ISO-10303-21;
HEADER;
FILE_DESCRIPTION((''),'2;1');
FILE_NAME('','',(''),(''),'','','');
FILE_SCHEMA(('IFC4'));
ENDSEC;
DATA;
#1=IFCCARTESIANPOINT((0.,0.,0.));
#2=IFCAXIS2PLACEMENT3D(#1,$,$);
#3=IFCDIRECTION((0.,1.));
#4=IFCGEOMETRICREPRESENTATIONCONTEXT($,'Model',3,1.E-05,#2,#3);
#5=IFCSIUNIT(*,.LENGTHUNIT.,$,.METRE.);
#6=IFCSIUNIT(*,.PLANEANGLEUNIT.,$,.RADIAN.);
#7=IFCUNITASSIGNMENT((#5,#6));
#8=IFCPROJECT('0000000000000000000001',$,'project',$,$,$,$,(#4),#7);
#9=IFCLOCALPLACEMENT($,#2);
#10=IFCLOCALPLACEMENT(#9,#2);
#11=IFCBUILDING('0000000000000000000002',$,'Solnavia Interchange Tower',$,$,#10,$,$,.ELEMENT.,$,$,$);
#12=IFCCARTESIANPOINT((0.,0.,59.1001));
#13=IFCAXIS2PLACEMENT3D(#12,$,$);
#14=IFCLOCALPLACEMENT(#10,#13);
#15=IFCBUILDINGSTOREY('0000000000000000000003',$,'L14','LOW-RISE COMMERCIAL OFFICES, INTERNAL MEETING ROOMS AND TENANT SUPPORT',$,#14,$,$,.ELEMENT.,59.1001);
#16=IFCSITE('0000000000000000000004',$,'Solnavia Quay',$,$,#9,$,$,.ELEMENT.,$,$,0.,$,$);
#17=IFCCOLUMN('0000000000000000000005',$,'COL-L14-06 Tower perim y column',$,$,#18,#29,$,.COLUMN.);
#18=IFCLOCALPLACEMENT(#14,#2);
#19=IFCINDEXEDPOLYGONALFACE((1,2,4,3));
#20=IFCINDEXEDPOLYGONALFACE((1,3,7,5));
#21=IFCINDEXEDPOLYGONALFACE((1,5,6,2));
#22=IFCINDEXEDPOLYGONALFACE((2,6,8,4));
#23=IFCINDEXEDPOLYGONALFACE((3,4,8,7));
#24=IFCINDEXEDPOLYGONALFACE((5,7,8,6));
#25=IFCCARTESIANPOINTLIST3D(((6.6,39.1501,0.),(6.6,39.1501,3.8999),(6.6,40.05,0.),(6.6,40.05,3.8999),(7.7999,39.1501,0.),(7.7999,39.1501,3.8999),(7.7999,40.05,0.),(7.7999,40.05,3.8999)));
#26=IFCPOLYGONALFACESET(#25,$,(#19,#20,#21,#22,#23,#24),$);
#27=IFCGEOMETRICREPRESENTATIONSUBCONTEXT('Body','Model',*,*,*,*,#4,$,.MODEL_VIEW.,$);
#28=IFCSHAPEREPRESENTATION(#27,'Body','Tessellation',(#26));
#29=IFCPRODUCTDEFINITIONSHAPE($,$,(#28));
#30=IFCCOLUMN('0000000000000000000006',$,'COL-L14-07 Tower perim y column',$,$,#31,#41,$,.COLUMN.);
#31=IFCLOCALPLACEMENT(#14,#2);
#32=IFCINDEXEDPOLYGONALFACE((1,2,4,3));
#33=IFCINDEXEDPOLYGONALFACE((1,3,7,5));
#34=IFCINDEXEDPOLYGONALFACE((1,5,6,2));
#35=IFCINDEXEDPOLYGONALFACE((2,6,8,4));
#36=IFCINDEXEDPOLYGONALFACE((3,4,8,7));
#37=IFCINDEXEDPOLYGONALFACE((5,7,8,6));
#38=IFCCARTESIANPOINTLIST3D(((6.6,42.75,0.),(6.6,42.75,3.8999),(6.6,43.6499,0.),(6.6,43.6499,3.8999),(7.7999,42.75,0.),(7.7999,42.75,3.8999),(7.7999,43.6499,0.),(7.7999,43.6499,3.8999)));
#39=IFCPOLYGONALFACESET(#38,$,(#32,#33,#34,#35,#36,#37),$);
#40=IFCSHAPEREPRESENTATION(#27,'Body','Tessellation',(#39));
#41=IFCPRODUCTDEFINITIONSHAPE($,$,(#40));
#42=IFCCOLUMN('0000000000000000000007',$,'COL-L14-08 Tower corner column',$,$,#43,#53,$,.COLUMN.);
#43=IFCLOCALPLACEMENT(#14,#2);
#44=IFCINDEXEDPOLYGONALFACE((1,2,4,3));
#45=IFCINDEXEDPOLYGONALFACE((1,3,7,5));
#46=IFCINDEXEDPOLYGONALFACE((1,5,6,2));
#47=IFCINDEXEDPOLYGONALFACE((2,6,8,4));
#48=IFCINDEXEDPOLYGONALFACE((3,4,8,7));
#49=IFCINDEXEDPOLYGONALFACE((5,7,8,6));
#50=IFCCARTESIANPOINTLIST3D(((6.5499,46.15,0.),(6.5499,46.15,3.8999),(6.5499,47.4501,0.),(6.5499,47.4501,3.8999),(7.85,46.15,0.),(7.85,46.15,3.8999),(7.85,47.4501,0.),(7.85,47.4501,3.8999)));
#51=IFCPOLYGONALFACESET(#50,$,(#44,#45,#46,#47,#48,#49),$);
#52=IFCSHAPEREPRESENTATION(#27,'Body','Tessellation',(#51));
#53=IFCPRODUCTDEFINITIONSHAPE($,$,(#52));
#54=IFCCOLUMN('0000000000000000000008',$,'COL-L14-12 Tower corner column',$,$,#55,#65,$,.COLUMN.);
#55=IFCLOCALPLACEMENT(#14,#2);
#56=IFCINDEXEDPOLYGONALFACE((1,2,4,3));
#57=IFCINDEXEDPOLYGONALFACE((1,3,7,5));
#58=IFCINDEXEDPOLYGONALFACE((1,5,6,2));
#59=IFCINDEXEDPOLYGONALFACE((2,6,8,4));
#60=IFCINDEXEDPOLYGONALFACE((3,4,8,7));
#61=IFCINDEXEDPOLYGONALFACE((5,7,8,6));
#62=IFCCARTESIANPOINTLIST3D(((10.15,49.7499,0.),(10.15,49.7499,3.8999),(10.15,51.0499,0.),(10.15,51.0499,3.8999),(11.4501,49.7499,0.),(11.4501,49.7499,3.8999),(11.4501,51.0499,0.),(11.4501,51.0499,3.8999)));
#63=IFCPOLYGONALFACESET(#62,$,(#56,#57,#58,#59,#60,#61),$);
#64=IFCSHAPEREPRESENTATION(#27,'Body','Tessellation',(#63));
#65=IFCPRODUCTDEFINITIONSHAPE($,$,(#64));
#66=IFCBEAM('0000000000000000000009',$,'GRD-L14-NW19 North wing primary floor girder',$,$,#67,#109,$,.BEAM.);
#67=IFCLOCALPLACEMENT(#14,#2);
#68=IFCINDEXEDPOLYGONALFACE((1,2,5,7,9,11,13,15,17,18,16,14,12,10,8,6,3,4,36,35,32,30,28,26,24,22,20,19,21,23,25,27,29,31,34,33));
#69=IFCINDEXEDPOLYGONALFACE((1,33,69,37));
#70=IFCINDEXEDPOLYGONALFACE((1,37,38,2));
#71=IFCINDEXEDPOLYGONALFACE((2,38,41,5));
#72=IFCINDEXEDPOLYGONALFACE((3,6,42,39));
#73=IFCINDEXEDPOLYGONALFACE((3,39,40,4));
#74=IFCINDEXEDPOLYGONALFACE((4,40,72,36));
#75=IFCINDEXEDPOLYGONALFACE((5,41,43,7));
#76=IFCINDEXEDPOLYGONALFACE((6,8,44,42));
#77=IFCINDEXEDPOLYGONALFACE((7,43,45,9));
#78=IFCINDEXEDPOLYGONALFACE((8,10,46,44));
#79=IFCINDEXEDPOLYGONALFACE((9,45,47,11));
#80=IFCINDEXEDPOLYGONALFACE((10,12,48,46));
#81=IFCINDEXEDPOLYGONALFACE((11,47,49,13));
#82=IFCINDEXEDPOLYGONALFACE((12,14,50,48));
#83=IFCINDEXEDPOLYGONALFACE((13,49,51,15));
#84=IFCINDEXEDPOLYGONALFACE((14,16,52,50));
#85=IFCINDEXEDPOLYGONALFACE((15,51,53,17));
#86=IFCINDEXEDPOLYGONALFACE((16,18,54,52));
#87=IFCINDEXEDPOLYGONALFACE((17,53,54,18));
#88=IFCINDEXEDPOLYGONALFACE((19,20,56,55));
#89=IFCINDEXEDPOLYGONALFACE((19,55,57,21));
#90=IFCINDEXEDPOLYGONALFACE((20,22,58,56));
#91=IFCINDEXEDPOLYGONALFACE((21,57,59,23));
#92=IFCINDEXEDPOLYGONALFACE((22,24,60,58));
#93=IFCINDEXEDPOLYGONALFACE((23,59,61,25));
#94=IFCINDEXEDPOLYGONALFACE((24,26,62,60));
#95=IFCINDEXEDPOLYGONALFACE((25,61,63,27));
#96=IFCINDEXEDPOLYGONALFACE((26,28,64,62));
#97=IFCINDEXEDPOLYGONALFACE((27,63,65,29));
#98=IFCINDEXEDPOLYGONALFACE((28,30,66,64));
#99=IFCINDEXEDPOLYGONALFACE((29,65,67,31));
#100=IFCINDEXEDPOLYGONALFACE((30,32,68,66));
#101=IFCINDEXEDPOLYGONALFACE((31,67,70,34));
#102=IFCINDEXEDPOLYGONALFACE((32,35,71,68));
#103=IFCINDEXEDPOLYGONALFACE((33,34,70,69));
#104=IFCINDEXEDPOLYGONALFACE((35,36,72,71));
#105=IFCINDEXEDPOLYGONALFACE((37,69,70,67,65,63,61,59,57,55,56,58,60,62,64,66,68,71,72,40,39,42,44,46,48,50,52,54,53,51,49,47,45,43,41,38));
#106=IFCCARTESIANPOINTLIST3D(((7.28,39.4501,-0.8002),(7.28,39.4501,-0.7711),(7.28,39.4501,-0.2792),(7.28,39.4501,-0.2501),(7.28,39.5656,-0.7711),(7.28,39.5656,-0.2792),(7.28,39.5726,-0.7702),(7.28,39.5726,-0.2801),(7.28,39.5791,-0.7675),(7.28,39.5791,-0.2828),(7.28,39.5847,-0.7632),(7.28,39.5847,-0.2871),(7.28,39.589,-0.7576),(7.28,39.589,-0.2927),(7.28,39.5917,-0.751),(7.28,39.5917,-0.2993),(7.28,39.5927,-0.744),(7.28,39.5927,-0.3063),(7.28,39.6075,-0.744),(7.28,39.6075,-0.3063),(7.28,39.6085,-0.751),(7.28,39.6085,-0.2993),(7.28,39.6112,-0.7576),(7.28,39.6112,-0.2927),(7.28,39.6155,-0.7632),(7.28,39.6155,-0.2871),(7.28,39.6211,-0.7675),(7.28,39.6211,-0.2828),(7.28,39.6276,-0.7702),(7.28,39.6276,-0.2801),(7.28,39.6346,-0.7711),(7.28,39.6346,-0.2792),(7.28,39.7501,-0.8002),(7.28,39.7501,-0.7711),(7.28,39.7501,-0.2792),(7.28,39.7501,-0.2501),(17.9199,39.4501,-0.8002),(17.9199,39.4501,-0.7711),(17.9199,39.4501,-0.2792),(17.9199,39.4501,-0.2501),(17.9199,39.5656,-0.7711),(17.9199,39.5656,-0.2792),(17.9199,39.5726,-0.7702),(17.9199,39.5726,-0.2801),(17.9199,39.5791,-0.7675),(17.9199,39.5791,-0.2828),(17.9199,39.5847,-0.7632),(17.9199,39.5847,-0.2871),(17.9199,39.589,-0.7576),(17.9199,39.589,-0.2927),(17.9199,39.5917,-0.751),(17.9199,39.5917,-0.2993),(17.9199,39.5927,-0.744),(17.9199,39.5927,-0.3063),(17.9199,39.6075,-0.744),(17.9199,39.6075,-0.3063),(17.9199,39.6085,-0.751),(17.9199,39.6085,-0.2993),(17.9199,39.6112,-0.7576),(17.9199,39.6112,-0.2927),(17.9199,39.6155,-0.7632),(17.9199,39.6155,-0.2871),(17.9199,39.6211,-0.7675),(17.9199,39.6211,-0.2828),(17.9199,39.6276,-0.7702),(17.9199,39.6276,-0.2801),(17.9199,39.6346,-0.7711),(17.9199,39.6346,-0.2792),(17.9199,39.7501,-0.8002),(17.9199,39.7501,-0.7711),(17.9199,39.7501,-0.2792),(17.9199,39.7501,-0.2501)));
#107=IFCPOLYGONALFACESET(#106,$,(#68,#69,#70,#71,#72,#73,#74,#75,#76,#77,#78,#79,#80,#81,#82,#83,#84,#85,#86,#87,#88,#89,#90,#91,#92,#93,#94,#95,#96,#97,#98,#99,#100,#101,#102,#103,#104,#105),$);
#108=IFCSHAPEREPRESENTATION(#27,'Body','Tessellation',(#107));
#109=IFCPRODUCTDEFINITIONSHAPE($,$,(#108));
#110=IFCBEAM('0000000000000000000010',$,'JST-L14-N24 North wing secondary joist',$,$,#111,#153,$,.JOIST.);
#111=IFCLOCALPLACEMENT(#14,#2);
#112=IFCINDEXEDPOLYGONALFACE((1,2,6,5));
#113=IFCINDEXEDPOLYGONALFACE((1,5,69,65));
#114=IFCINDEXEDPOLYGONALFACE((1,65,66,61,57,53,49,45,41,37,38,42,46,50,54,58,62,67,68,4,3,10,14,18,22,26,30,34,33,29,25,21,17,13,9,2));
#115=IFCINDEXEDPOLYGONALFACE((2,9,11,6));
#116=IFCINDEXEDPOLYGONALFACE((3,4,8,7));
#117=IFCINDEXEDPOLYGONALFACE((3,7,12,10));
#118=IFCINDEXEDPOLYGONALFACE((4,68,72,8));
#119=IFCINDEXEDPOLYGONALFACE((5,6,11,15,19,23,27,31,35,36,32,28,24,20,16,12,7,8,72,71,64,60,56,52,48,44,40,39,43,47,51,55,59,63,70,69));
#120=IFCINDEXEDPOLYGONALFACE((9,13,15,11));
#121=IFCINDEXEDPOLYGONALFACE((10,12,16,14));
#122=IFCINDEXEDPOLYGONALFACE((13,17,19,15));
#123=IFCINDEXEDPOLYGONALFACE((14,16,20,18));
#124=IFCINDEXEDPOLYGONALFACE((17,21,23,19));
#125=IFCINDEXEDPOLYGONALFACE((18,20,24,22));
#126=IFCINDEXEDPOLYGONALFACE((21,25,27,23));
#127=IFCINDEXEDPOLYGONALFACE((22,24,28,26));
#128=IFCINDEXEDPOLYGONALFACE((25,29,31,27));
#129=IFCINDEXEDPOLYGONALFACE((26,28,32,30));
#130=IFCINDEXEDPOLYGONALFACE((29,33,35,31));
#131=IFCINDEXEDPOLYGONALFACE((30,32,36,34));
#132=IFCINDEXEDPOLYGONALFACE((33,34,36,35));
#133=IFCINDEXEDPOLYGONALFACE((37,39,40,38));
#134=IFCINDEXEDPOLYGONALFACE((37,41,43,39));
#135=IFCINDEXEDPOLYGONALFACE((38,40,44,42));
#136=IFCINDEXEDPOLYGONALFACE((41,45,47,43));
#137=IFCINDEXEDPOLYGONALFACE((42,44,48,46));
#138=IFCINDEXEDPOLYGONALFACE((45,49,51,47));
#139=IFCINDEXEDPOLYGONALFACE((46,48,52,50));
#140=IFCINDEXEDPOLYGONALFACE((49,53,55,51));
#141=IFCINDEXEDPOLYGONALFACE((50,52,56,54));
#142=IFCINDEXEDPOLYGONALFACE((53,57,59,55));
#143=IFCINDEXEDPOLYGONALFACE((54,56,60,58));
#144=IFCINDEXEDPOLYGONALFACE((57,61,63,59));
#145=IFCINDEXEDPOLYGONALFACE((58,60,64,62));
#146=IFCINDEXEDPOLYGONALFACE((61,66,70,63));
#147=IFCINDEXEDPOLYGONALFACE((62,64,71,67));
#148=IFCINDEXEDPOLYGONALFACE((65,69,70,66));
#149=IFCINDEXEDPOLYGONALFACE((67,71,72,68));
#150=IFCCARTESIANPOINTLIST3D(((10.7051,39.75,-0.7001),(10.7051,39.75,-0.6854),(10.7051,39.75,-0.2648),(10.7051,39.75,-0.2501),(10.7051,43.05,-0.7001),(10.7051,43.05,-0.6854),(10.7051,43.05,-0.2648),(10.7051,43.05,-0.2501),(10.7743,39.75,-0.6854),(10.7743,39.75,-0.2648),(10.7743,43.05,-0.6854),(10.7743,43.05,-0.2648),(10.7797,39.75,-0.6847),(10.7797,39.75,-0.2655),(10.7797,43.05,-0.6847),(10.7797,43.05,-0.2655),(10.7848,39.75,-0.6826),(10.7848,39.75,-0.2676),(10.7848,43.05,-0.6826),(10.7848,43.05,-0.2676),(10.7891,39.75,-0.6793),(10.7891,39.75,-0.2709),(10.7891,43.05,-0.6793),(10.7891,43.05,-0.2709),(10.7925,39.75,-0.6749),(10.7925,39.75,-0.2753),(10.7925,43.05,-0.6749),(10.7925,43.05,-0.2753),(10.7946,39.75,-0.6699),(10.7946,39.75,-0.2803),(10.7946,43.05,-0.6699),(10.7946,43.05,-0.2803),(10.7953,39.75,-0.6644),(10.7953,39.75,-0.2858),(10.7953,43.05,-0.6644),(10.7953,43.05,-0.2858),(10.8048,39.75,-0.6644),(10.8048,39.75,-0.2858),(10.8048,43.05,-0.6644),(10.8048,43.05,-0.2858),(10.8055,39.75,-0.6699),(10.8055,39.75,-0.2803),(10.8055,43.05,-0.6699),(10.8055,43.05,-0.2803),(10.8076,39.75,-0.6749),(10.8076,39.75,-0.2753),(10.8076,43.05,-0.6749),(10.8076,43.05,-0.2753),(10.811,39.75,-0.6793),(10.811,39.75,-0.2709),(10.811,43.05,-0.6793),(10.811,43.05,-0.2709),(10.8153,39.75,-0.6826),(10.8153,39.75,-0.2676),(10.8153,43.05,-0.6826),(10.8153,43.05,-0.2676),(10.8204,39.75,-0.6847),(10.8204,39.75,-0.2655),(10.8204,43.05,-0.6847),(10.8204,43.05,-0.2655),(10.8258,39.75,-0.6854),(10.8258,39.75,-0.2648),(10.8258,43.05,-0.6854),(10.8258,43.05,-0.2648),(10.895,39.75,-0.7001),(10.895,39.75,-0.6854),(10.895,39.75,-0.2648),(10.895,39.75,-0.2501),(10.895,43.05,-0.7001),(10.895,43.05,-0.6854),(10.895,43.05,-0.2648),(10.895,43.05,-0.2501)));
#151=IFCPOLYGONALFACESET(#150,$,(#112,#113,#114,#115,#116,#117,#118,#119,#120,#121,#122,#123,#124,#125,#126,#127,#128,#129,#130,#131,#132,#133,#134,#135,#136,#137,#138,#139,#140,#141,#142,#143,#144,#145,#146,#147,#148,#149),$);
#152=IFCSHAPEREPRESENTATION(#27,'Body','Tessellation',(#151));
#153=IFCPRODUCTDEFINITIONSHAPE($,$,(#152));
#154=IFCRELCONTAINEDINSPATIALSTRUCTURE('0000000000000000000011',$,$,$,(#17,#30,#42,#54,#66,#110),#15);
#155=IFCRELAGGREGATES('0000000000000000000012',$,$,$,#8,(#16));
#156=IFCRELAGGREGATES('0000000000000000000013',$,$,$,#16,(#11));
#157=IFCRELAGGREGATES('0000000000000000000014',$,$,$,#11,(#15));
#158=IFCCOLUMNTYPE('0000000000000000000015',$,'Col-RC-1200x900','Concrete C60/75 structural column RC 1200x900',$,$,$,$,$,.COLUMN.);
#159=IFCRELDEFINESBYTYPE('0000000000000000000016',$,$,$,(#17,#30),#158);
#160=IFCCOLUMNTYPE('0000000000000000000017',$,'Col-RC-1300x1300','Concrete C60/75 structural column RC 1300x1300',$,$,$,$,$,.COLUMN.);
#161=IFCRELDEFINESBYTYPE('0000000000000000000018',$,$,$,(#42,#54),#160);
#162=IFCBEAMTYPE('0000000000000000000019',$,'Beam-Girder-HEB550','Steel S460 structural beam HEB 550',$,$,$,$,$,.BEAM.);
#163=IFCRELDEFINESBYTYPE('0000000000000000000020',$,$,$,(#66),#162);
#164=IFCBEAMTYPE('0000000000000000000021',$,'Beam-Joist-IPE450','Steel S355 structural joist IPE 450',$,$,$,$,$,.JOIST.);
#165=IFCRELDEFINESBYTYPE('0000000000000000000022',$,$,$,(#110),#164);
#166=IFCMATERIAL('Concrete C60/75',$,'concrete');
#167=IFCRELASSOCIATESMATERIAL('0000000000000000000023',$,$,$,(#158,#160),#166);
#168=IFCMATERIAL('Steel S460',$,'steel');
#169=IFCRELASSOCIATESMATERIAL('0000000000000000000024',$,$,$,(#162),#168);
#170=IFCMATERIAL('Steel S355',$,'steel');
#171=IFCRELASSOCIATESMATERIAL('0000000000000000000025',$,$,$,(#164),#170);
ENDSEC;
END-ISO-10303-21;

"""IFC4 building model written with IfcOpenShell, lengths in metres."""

from ifc_helpers import new_model, si_unit, direction, frame, origin, origin_2d, place, context, subcontext, project, spatial, rectangle, i_section, extrude, material, material_profile, profile_set, type_object, element, save


model = new_model("IFC4")

# Units and contexts
model_context = context("Model", 3, precision=1e-05, world=origin(), true_north=direction((0.0, 1.0)))
body_context = subcontext(model_context, "Body", "Model", "MODEL_VIEW")
ifc_project = project(units=[si_unit("LENGTHUNIT", "METRE"), si_unit("PLANEANGLEUNIT", "RADIAN")], contexts=[model_context])

# Site, building, storey
site_placement = place(None, origin())
site = spatial("IfcSite", under=ifc_project, at=site_placement, Name="Solnavia Quay", CompositionType="ELEMENT", RefElevation=0.0)
building_placement = place(site_placement, origin())
building = spatial("IfcBuilding", under=site, at=building_placement, Name="Solnavia Interchange Tower", CompositionType="ELEMENT")
storey_placement = place(building_placement, frame((0.0, 0.0, 59.1001)))
storey = spatial("IfcBuildingStorey", under=building, at=storey_placement, Name="L14", Description="LOW-RISE COMMERCIAL OFFICES, INTERNAL MEETING ROOMS AND TENANT SUPPORT", CompositionType="ELEMENT", Elevation=59.1001)

# Columns
ifc_material_1 = material(Name="Concrete C60/75", Category="concrete")
ifc_material_profile_1 = material_profile(ifc_material_1, rectangle(XDim=0.8999, YDim=1.2, at=origin_2d()), Name="RC 1200x900")
ifc_profile_set_1 = profile_set([ifc_material_profile_1], Name="Concrete C60/75")
column_type_1 = type_object("IfcColumnType", Name="Col-RC-1200x900", Description="Concrete C60/75 structural column RC 1200x900", PredefinedType="COLUMN", material=ifc_profile_set_1)
for number, where, z_axis, x_axis, name in (
    (1, (7.2, 39.6001, 0.0), (0.0, 0.0, 1.0), (0.0, 1.0, 0.0), "COL-L14-06 Tower perim y column"),
    (2, (7.2, 43.2, 0.0), (0.0, 0.0, 1.0), (0.0, 1.0, 0.0), "COL-L14-07 Tower perim y column"),
):
    element("IfcColumn", number, at=place(storey_placement, frame(where, z_axis=z_axis, x_axis=x_axis)), inside=storey, type_object=column_type_1, Name=name, PredefinedType="COLUMN", context=body_context, shape_type="SweptSolid", body=[
        extrude(rectangle(XDim=0.8999, YDim=1.2, at=origin_2d()), origin(), (0.0, 0.0, 1.0), 3.8999),
    ])
ifc_material_profile_2 = material_profile(ifc_material_1, rectangle(XDim=1.3, YDim=1.3, at=origin_2d()), Name="RC 1300x1300")
ifc_profile_set_2 = profile_set([ifc_material_profile_2], Name="Concrete C60/75")
column_type_2 = type_object("IfcColumnType", Name="Col-RC-1300x1300", Description="Concrete C60/75 structural column RC 1300x1300", PredefinedType="COLUMN", material=ifc_profile_set_2)
for number, where, z_axis, x_axis, name in (
    (3, (7.2, 46.8, 0.0), (0.0, 0.0, 1.0), (0.0, 1.0, 0.0), "COL-L14-08 Tower corner column"),
    (4, (10.8, 50.3999, 0.0), (0.0, 0.0, 1.0), (1.0, 0.0, 0.0), "COL-L14-12 Tower corner column"),
):
    element("IfcColumn", number, at=place(storey_placement, frame(where, z_axis=z_axis, x_axis=x_axis)), inside=storey, type_object=column_type_2, Name=name, PredefinedType="COLUMN", context=body_context, shape_type="SweptSolid", body=[
        extrude(rectangle(XDim=1.3, YDim=1.3, at=origin_2d()), origin(), (0.0, 0.0, 1.0), 3.8999),
    ])

# Beams
ifc_material_2 = material(Name="Steel S460", Category="steel")
ifc_material_profile_3 = material_profile(ifc_material_2, i_section(OverallWidth=0.3, OverallDepth=0.55, WebThickness=0.0149, FlangeThickness=0.0291, FilletRadius=0.0271, at=origin_2d()), Name="HEB 550")
ifc_profile_set_3 = profile_set([ifc_material_profile_3], Name="Steel S460")
beam_type_1 = type_object("IfcBeamType", Name="Beam-Girder-HEB550", Description="Steel S460 structural beam HEB 550", PredefinedType="BEAM", material=ifc_profile_set_3)
beam_1_placement = place(storey_placement, frame((7.28, 39.6001, -0.5251), z_axis=(1.0, 0.0, 0.0), x_axis=(0.0, 1.0, 0.0)))
element("IfcBeam", 5, at=beam_1_placement, inside=storey, type_object=beam_type_1, Name="GRD-L14-NW19 North wing primary floor girder", PredefinedType="BEAM", context=body_context, shape_type="SweptSolid", body=[
    extrude(i_section(OverallWidth=0.3, OverallDepth=0.55, WebThickness=0.0149, FlangeThickness=0.0291, FilletRadius=0.0271, at=origin_2d()), origin(), (0.0, 0.0, 1.0), 10.6399),
])
ifc_material_3 = material(Name="Steel S355", Category="steel")
ifc_material_profile_4 = material_profile(ifc_material_3, i_section(OverallWidth=0.1899, OverallDepth=0.45, WebThickness=0.0095, FlangeThickness=0.0146, FilletRadius=0.021, at=origin_2d()), Name="IPE 450")
ifc_profile_set_4 = profile_set([ifc_material_profile_4], Name="Steel S355")
beam_type_2 = type_object("IfcBeamType", Name="Beam-Joist-IPE450", Description="Steel S355 structural joist IPE 450", PredefinedType="JOIST", material=ifc_profile_set_4)
beam_2_placement = place(storey_placement, frame((10.8, 39.75, -0.4751), z_axis=(0.0, 1.0, 0.0), x_axis=(-1.0, 0.0, 0.0)))
element("IfcBeam", 6, at=beam_2_placement, inside=storey, type_object=beam_type_2, Name="JST-L14-N24 North wing secondary joist", PredefinedType="JOIST", context=body_context, shape_type="SweptSolid", body=[
    extrude(i_section(OverallWidth=0.1899, OverallDepth=0.45, WebThickness=0.0095, FlangeThickness=0.0146, FilletRadius=0.021, at=origin_2d()), origin(), (0.0, 0.0, 1.0), 3.3),
])

save(model, "model.ifc")
